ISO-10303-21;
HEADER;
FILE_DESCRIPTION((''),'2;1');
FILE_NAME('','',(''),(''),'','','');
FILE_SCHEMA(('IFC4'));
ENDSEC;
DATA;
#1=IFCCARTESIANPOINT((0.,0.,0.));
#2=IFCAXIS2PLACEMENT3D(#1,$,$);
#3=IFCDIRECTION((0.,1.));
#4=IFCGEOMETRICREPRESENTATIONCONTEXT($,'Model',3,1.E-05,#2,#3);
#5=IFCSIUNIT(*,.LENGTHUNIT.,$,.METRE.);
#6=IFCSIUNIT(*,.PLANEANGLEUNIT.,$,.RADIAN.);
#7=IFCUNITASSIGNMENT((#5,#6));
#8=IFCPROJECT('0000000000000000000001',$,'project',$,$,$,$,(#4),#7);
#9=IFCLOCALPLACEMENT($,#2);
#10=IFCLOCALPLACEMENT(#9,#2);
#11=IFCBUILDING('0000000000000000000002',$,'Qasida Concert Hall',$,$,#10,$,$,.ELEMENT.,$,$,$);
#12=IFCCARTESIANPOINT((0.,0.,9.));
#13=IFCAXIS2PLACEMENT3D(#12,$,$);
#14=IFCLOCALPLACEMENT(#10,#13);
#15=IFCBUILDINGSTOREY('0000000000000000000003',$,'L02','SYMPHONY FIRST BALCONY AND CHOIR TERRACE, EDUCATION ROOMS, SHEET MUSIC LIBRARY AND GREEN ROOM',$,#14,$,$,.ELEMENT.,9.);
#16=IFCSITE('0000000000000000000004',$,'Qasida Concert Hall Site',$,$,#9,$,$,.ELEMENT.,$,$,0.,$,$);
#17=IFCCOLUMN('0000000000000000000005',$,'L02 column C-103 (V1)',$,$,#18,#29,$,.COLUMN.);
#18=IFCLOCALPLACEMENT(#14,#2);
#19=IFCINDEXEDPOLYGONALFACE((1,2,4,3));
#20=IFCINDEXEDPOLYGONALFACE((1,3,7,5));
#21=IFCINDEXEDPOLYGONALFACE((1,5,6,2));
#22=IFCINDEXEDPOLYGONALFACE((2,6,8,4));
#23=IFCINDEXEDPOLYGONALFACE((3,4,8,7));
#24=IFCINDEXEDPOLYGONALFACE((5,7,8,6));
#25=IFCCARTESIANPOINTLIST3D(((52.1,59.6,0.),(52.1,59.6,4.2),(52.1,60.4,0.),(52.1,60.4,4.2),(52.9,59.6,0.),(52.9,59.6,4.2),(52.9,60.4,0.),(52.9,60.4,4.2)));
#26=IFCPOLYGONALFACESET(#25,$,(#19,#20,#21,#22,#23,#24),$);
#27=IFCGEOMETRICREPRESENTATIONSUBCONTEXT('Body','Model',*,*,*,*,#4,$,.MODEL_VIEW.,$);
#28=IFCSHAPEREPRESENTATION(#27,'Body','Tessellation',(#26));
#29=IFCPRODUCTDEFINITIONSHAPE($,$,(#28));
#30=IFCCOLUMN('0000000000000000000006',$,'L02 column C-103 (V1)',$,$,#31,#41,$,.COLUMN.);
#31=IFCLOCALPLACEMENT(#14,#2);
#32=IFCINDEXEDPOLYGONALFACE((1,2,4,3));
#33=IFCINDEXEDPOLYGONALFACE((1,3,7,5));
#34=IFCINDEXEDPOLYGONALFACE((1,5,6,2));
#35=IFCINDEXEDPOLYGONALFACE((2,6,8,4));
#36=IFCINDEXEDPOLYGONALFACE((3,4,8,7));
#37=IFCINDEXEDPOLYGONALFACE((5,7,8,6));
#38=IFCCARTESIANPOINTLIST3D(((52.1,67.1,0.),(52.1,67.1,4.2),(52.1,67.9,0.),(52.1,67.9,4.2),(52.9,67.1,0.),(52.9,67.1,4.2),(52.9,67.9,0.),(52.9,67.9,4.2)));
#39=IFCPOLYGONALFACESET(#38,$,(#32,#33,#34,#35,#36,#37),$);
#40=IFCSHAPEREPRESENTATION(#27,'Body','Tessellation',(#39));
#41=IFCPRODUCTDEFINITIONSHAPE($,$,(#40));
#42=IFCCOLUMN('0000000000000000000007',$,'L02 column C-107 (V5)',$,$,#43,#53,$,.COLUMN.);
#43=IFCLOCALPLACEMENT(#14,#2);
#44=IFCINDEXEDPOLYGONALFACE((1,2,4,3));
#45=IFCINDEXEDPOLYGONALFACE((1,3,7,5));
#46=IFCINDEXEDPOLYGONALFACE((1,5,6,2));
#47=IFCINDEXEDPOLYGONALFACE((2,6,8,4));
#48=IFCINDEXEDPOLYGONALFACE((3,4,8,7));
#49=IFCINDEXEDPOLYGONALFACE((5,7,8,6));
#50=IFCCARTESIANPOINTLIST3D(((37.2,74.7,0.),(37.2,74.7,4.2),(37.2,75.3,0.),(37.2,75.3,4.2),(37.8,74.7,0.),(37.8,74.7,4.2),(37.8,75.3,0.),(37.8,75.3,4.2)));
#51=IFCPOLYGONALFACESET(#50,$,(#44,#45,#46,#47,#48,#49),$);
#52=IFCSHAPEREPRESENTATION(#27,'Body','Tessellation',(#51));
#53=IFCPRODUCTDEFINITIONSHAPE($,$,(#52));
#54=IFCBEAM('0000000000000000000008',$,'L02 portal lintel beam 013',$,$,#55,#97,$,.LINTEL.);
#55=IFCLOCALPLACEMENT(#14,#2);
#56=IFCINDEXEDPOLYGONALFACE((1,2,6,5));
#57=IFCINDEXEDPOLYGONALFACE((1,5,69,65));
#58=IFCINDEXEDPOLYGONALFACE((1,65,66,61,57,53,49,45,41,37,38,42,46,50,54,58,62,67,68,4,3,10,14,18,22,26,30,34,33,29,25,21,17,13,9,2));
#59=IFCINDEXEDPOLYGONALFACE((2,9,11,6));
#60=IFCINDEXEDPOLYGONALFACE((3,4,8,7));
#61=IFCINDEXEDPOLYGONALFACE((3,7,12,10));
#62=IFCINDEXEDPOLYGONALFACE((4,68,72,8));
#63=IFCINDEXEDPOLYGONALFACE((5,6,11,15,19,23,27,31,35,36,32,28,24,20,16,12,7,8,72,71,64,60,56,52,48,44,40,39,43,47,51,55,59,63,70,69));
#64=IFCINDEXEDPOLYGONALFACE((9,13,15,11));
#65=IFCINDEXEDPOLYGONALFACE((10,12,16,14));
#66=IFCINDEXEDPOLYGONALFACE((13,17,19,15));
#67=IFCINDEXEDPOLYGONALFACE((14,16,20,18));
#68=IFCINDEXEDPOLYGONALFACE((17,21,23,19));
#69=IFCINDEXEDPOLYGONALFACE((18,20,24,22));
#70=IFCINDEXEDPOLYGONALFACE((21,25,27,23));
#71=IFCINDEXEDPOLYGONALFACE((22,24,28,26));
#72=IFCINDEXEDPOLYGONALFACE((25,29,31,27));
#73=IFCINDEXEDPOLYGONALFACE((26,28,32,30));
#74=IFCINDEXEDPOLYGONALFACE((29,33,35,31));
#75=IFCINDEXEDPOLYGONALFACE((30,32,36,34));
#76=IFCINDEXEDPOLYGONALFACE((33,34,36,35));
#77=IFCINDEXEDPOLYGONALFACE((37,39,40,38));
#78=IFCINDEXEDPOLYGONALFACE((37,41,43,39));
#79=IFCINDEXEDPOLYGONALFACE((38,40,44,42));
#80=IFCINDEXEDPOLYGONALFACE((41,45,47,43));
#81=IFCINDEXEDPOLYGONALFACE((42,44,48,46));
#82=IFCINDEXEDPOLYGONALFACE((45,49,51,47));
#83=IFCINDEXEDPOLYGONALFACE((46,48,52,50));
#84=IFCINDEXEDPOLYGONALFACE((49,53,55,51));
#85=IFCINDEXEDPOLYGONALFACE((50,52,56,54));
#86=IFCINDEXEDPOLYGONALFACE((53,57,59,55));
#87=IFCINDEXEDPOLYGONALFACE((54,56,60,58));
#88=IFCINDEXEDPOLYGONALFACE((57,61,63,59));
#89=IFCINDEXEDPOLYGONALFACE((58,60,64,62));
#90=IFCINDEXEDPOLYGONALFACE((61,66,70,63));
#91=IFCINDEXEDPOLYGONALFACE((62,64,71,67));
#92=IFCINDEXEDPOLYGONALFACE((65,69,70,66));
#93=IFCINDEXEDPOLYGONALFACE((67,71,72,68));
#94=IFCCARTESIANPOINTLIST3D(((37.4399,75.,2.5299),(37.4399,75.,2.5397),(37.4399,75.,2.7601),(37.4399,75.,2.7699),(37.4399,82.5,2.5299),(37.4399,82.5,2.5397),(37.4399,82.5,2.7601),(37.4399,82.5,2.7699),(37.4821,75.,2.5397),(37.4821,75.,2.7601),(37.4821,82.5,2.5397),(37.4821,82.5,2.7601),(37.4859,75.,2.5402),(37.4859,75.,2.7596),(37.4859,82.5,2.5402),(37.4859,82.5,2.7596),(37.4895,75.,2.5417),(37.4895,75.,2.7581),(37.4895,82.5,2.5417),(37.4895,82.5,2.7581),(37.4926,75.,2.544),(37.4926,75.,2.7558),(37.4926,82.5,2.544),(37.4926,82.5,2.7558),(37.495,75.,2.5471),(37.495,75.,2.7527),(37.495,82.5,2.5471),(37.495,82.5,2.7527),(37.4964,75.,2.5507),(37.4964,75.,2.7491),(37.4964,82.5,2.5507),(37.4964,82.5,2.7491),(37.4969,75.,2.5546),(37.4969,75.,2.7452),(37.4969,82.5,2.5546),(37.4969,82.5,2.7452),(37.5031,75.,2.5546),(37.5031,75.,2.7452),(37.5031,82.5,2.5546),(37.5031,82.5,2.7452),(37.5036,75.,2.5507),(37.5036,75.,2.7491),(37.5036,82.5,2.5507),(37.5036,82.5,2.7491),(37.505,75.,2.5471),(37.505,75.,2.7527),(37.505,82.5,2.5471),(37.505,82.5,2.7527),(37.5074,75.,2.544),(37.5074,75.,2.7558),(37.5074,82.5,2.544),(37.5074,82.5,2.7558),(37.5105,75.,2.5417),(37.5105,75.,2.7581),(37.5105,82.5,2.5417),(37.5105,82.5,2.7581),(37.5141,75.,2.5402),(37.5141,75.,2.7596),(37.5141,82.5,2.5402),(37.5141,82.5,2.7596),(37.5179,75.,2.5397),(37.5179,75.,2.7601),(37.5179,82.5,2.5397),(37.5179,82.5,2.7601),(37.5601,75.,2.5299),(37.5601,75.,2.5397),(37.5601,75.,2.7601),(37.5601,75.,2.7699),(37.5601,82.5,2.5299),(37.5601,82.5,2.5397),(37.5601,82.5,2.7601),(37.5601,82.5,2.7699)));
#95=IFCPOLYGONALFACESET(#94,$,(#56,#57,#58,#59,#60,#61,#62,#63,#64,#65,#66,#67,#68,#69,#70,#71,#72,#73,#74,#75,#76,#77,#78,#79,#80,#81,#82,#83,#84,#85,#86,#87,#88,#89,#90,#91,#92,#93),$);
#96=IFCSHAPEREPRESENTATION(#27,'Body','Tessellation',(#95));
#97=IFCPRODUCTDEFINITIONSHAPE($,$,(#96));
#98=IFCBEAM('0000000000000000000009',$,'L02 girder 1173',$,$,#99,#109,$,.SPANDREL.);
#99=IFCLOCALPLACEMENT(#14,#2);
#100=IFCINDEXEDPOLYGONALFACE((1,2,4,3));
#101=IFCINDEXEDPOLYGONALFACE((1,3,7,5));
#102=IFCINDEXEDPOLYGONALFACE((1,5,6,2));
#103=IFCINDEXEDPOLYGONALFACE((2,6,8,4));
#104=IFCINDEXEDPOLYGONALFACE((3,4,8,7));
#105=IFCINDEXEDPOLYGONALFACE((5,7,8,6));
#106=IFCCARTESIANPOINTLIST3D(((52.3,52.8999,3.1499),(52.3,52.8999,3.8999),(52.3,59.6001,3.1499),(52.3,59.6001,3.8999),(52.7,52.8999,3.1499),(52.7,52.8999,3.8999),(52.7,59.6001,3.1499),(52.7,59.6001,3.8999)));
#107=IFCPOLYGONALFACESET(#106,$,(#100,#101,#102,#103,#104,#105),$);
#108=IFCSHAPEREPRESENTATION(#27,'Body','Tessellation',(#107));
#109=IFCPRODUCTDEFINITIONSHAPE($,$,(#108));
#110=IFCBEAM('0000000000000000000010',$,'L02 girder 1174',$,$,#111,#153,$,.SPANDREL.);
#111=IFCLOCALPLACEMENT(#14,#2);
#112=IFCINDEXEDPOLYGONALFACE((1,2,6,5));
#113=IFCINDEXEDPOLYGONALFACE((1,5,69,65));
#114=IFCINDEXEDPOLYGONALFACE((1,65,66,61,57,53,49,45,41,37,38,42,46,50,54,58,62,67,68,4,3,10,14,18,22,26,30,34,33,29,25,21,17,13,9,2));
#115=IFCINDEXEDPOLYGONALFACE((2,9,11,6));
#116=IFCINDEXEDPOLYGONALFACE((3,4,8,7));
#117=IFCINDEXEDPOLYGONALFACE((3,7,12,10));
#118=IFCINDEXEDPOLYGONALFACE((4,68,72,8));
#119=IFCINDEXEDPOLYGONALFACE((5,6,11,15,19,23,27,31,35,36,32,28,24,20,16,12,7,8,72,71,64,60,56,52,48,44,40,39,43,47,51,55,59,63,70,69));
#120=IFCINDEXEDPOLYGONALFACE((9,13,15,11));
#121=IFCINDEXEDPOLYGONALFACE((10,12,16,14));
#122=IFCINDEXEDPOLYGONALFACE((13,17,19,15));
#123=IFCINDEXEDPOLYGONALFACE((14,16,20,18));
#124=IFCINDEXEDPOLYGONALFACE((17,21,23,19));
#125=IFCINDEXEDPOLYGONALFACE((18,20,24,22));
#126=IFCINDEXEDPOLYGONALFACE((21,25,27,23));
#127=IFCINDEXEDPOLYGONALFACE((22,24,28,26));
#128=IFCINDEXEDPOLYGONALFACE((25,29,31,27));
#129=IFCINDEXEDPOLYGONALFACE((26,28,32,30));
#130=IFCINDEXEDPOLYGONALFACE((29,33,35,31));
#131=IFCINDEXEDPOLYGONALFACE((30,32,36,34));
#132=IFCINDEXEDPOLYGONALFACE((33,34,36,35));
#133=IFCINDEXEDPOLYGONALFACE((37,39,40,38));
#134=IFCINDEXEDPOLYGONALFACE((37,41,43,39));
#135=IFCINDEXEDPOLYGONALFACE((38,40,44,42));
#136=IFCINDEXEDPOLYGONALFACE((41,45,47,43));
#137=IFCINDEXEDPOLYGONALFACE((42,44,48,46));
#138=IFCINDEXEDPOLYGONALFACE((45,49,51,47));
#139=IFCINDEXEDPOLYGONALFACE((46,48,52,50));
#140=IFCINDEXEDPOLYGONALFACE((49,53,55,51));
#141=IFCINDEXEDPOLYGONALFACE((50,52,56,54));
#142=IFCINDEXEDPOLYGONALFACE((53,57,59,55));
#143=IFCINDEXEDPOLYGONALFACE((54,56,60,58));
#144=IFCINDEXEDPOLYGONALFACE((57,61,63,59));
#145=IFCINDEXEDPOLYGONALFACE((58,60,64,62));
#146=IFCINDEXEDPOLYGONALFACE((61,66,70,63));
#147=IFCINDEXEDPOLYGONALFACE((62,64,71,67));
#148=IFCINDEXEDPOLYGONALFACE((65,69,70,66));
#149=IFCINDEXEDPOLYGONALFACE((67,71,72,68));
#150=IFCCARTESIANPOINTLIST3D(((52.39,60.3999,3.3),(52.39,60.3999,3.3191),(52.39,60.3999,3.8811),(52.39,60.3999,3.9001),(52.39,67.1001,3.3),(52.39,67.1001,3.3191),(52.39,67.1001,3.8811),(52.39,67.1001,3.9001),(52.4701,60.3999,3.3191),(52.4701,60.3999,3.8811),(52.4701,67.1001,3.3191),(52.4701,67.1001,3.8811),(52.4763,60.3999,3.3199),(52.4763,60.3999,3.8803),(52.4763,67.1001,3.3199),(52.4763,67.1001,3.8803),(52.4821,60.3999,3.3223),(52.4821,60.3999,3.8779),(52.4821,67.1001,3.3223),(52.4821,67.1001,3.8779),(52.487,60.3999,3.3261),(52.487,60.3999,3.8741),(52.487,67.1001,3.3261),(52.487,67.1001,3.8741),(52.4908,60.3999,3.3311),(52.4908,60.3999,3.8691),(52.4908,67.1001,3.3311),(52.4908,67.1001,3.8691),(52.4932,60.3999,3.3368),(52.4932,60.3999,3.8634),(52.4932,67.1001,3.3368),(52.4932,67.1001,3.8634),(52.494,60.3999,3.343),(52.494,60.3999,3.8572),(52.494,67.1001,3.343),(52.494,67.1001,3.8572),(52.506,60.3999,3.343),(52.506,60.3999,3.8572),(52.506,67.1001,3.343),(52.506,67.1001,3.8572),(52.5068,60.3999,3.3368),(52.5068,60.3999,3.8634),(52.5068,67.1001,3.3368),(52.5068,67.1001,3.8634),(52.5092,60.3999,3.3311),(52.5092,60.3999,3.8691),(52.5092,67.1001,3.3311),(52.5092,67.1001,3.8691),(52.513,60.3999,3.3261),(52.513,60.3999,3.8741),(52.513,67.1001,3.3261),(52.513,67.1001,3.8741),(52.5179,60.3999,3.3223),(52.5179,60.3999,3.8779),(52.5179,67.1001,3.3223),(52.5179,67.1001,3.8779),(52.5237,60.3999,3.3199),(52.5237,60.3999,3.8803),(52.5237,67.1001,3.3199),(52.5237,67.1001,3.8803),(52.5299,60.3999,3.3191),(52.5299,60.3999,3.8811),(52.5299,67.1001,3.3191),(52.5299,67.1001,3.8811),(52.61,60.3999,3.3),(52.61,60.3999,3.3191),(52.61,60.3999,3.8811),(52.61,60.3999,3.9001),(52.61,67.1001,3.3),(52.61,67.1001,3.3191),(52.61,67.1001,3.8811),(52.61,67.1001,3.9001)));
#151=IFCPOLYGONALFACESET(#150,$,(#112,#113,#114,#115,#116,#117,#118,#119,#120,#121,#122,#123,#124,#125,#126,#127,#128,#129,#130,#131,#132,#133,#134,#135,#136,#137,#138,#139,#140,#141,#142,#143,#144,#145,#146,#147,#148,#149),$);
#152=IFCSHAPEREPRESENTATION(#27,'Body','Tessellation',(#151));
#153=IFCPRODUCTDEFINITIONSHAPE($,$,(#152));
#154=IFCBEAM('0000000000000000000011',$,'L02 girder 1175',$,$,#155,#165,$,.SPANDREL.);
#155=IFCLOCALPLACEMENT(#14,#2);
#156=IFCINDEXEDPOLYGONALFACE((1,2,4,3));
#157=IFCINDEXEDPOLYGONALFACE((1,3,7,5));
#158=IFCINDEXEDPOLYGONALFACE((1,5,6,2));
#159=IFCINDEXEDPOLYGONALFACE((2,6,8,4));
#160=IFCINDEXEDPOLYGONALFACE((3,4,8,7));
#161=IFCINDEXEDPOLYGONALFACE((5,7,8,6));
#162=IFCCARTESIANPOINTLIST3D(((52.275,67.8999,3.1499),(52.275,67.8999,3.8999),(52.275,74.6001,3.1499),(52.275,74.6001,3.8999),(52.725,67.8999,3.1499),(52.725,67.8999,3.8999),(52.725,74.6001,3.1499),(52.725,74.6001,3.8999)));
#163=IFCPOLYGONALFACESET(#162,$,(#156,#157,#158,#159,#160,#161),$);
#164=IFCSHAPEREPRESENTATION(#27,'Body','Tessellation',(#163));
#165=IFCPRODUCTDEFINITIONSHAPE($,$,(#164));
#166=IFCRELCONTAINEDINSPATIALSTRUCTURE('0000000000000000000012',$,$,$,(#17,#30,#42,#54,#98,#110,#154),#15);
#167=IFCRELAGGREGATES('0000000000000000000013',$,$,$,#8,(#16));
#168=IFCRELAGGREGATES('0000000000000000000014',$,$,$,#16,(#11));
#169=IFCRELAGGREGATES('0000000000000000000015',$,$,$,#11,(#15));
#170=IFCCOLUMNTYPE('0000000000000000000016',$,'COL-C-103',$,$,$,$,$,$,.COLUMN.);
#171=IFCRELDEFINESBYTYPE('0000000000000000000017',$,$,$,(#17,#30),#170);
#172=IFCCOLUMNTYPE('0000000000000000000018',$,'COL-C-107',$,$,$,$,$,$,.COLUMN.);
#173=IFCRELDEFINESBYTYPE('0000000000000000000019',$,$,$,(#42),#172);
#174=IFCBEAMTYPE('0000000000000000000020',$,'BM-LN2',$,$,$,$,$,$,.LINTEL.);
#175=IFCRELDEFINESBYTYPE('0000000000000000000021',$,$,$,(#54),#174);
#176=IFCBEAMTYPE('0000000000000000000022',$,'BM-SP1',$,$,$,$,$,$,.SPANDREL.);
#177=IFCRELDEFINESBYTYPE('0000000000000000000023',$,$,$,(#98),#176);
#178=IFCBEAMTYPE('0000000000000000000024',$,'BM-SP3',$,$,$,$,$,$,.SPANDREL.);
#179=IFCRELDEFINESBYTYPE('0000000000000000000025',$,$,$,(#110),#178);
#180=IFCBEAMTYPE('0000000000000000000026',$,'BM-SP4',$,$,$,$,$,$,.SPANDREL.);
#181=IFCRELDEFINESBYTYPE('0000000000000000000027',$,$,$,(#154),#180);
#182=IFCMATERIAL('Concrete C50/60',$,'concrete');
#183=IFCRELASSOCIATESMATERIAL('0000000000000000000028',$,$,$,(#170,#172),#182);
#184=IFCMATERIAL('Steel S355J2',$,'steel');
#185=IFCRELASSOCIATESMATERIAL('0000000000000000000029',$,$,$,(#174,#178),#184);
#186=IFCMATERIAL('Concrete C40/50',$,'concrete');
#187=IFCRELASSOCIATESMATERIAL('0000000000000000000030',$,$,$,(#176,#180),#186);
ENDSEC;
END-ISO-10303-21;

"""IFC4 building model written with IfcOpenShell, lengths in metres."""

from ifc_helpers import new_model, si_unit, direction, frame, origin, origin_2d, place, context, subcontext, project, spatial, rectangle, i_section, extrude, material, material_profile, profile_set, type_object, element, save


model = new_model("IFC4")

# Units and contexts
model_context = context("Model", 3, precision=1e-05, world=origin(), true_north=direction((0.0, 1.0)))
body_context = subcontext(model_context, "Body", "Model", "MODEL_VIEW")
ifc_project = project(units=[si_unit("LENGTHUNIT", "METRE"), si_unit("PLANEANGLEUNIT", "RADIAN")], contexts=[model_context])

# Site, building, storey
site_placement = place(None, origin())
site = spatial("IfcSite", under=ifc_project, at=site_placement, Name="Qasida Concert Hall Site", CompositionType="ELEMENT", RefElevation=0.0)
building_placement = place(site_placement, origin())
building = spatial("IfcBuilding", under=site, at=building_placement, Name="Qasida Concert Hall", CompositionType="ELEMENT")
storey_placement = place(building_placement, frame((0.0, 0.0, 9.0)))
storey = spatial("IfcBuildingStorey", under=building, at=storey_placement, Name="L02", Description="SYMPHONY FIRST BALCONY AND CHOIR TERRACE, EDUCATION ROOMS, SHEET MUSIC LIBRARY AND GREEN ROOM", CompositionType="ELEMENT", Elevation=9.0)

# Columns
ifc_material_1 = material(Name="Concrete C50/60", Category="concrete")
ifc_material_profile_1 = material_profile(ifc_material_1, rectangle(XDim=0.8, YDim=0.8, at=origin_2d()), Name="RC 800x800")
ifc_profile_set_1 = profile_set([ifc_material_profile_1], Name="Concrete C50/60")
column_type_1 = type_object("IfcColumnType", Name="COL-C-103", PredefinedType="COLUMN", material=ifc_profile_set_1)
for number, where, z_axis, x_axis, name in (
    (1, (52.5, 60.0, 0.0), (0.0, 0.0, 1.0), (1.0, 0.0, 0.0), "L02 column C-103 (V1)"),
    (2, (52.5, 67.5, 0.0), (0.0, 0.0, 1.0), (1.0, 0.0, 0.0), "L02 column C-103 (V1)"),
):
    element("IfcColumn", number, at=place(storey_placement, frame(where, z_axis=z_axis, x_axis=x_axis)), inside=storey, type_object=column_type_1, Name=name, PredefinedType="COLUMN", context=body_context, shape_type="SweptSolid", body=[
        extrude(rectangle(XDim=0.8, YDim=0.8, at=origin_2d()), origin(), (0.0, 0.0, 1.0), 4.2),
    ])
ifc_material_profile_2 = material_profile(ifc_material_1, rectangle(XDim=0.6001, YDim=0.6001, at=origin_2d()), Name="RC 600x600")
ifc_profile_set_2 = profile_set([ifc_material_profile_2], Name="Concrete C50/60")
column_type_2 = type_object("IfcColumnType", Name="COL-C-107", PredefinedType="COLUMN", material=ifc_profile_set_2)
column_placement = place(storey_placement, frame((37.5, 75.0, 0.0), z_axis=(0.0, 0.0, 1.0), x_axis=(1.0, 0.0, 0.0)))
element("IfcColumn", 3, at=column_placement, inside=storey, type_object=column_type_2, Name="L02 column C-107 (V5)", PredefinedType="COLUMN", context=body_context, shape_type="SweptSolid", body=[
    extrude(rectangle(XDim=0.6001, YDim=0.6001, at=origin_2d()), origin(), (0.0, 0.0, 1.0), 4.2),
])

# Beams
ifc_material_2 = material(Name="Steel S355J2", Category="steel")
ifc_material_profile_3 = material_profile(ifc_material_2, i_section(OverallWidth=0.1201, OverallDepth=0.24, WebThickness=0.0061, FlangeThickness=0.0098, FilletRadius=0.0149, at=origin_2d()), Name="IPE 240")
ifc_profile_set_3 = profile_set([ifc_material_profile_3], Name="Steel S355J2")
beam_type_1 = type_object("IfcBeamType", Name="BM-LN2", PredefinedType="LINTEL", material=ifc_profile_set_3)
beam_1_placement = place(storey_placement, frame((37.5, 75.0, 2.6499), z_axis=(0.0, 1.0, 0.0), x_axis=(-1.0, 0.0, 0.0)))
element("IfcBeam", 4, at=beam_1_placement, inside=storey, type_object=beam_type_1, Name="L02 portal lintel beam 013", PredefinedType="LINTEL", context=body_context, shape_type="SweptSolid", body=[
    extrude(i_section(OverallWidth=0.1201, OverallDepth=0.24, WebThickness=0.0061, FlangeThickness=0.0098, FilletRadius=0.0149, at=origin_2d()), origin(), (0.0, 0.0, 1.0), 7.5),
])
ifc_material_3 = material(Name="Concrete C40/50", Category="concrete")
ifc_material_profile_4 = material_profile(ifc_material_3, rectangle(XDim=0.3999, YDim=0.75, at=origin_2d()), Name="RC 400x750")
ifc_profile_set_4 = profile_set([ifc_material_profile_4], Name="Concrete C40/50")
beam_type_2 = type_object("IfcBeamType", Name="BM-SP1", PredefinedType="SPANDREL", material=ifc_profile_set_4)
beam_2_placement = place(storey_placement, frame((52.5, 52.8999, 3.5249), z_axis=(0.0, 1.0, 0.0), x_axis=(-1.0, 0.0, 0.0)))
element("IfcBeam", 5, at=beam_2_placement, inside=storey, type_object=beam_type_2, Name="L02 girder 1173", PredefinedType="SPANDREL", context=body_context, shape_type="SweptSolid", body=[
    extrude(rectangle(XDim=0.3999, YDim=0.75, at=origin_2d()), origin(), (0.0, 0.0, 1.0), 6.7002),
])
ifc_material_profile_5 = material_profile(ifc_material_2, i_section(OverallWidth=0.22, OverallDepth=0.6001, WebThickness=0.012, FlangeThickness=0.019, FilletRadius=0.0239, at=origin_2d()), Name="IPE 600")
ifc_profile_set_5 = profile_set([ifc_material_profile_5], Name="Steel S355J2")
beam_type_3 = type_object("IfcBeamType", Name="BM-SP3", PredefinedType="SPANDREL", material=ifc_profile_set_5)
beam_3_placement = place(storey_placement, frame((52.5, 60.3999, 3.6001), z_axis=(0.0, 1.0, 0.0), x_axis=(-1.0, 0.0, 0.0)))
element("IfcBeam", 6, at=beam_3_placement, inside=storey, type_object=beam_type_3, Name="L02 girder 1174", PredefinedType="SPANDREL", context=body_context, shape_type="SweptSolid", body=[
    extrude(i_section(OverallWidth=0.22, OverallDepth=0.6001, WebThickness=0.012, FlangeThickness=0.019, FilletRadius=0.0239, at=origin_2d()), origin(), (0.0, 0.0, 1.0), 6.7002),
])
ifc_material_profile_6 = material_profile(ifc_material_3, rectangle(XDim=0.45, YDim=0.75, at=origin_2d()), Name="RC 450x750")
ifc_profile_set_6 = profile_set([ifc_material_profile_6], Name="Concrete C40/50")
beam_type_4 = type_object("IfcBeamType", Name="BM-SP4", PredefinedType="SPANDREL", material=ifc_profile_set_6)
beam_4_placement = place(storey_placement, frame((52.5, 67.8999, 3.5249), z_axis=(0.0, 1.0, 0.0), x_axis=(-1.0, 0.0, 0.0)))
element("IfcBeam", 7, at=beam_4_placement, inside=storey, type_object=beam_type_4, Name="L02 girder 1175", PredefinedType="SPANDREL", context=body_context, shape_type="SweptSolid", body=[
    extrude(rectangle(XDim=0.45, YDim=0.75, at=origin_2d()), origin(), (0.0, 0.0, 1.0), 6.7002),
])

save(model, "model.ifc")
